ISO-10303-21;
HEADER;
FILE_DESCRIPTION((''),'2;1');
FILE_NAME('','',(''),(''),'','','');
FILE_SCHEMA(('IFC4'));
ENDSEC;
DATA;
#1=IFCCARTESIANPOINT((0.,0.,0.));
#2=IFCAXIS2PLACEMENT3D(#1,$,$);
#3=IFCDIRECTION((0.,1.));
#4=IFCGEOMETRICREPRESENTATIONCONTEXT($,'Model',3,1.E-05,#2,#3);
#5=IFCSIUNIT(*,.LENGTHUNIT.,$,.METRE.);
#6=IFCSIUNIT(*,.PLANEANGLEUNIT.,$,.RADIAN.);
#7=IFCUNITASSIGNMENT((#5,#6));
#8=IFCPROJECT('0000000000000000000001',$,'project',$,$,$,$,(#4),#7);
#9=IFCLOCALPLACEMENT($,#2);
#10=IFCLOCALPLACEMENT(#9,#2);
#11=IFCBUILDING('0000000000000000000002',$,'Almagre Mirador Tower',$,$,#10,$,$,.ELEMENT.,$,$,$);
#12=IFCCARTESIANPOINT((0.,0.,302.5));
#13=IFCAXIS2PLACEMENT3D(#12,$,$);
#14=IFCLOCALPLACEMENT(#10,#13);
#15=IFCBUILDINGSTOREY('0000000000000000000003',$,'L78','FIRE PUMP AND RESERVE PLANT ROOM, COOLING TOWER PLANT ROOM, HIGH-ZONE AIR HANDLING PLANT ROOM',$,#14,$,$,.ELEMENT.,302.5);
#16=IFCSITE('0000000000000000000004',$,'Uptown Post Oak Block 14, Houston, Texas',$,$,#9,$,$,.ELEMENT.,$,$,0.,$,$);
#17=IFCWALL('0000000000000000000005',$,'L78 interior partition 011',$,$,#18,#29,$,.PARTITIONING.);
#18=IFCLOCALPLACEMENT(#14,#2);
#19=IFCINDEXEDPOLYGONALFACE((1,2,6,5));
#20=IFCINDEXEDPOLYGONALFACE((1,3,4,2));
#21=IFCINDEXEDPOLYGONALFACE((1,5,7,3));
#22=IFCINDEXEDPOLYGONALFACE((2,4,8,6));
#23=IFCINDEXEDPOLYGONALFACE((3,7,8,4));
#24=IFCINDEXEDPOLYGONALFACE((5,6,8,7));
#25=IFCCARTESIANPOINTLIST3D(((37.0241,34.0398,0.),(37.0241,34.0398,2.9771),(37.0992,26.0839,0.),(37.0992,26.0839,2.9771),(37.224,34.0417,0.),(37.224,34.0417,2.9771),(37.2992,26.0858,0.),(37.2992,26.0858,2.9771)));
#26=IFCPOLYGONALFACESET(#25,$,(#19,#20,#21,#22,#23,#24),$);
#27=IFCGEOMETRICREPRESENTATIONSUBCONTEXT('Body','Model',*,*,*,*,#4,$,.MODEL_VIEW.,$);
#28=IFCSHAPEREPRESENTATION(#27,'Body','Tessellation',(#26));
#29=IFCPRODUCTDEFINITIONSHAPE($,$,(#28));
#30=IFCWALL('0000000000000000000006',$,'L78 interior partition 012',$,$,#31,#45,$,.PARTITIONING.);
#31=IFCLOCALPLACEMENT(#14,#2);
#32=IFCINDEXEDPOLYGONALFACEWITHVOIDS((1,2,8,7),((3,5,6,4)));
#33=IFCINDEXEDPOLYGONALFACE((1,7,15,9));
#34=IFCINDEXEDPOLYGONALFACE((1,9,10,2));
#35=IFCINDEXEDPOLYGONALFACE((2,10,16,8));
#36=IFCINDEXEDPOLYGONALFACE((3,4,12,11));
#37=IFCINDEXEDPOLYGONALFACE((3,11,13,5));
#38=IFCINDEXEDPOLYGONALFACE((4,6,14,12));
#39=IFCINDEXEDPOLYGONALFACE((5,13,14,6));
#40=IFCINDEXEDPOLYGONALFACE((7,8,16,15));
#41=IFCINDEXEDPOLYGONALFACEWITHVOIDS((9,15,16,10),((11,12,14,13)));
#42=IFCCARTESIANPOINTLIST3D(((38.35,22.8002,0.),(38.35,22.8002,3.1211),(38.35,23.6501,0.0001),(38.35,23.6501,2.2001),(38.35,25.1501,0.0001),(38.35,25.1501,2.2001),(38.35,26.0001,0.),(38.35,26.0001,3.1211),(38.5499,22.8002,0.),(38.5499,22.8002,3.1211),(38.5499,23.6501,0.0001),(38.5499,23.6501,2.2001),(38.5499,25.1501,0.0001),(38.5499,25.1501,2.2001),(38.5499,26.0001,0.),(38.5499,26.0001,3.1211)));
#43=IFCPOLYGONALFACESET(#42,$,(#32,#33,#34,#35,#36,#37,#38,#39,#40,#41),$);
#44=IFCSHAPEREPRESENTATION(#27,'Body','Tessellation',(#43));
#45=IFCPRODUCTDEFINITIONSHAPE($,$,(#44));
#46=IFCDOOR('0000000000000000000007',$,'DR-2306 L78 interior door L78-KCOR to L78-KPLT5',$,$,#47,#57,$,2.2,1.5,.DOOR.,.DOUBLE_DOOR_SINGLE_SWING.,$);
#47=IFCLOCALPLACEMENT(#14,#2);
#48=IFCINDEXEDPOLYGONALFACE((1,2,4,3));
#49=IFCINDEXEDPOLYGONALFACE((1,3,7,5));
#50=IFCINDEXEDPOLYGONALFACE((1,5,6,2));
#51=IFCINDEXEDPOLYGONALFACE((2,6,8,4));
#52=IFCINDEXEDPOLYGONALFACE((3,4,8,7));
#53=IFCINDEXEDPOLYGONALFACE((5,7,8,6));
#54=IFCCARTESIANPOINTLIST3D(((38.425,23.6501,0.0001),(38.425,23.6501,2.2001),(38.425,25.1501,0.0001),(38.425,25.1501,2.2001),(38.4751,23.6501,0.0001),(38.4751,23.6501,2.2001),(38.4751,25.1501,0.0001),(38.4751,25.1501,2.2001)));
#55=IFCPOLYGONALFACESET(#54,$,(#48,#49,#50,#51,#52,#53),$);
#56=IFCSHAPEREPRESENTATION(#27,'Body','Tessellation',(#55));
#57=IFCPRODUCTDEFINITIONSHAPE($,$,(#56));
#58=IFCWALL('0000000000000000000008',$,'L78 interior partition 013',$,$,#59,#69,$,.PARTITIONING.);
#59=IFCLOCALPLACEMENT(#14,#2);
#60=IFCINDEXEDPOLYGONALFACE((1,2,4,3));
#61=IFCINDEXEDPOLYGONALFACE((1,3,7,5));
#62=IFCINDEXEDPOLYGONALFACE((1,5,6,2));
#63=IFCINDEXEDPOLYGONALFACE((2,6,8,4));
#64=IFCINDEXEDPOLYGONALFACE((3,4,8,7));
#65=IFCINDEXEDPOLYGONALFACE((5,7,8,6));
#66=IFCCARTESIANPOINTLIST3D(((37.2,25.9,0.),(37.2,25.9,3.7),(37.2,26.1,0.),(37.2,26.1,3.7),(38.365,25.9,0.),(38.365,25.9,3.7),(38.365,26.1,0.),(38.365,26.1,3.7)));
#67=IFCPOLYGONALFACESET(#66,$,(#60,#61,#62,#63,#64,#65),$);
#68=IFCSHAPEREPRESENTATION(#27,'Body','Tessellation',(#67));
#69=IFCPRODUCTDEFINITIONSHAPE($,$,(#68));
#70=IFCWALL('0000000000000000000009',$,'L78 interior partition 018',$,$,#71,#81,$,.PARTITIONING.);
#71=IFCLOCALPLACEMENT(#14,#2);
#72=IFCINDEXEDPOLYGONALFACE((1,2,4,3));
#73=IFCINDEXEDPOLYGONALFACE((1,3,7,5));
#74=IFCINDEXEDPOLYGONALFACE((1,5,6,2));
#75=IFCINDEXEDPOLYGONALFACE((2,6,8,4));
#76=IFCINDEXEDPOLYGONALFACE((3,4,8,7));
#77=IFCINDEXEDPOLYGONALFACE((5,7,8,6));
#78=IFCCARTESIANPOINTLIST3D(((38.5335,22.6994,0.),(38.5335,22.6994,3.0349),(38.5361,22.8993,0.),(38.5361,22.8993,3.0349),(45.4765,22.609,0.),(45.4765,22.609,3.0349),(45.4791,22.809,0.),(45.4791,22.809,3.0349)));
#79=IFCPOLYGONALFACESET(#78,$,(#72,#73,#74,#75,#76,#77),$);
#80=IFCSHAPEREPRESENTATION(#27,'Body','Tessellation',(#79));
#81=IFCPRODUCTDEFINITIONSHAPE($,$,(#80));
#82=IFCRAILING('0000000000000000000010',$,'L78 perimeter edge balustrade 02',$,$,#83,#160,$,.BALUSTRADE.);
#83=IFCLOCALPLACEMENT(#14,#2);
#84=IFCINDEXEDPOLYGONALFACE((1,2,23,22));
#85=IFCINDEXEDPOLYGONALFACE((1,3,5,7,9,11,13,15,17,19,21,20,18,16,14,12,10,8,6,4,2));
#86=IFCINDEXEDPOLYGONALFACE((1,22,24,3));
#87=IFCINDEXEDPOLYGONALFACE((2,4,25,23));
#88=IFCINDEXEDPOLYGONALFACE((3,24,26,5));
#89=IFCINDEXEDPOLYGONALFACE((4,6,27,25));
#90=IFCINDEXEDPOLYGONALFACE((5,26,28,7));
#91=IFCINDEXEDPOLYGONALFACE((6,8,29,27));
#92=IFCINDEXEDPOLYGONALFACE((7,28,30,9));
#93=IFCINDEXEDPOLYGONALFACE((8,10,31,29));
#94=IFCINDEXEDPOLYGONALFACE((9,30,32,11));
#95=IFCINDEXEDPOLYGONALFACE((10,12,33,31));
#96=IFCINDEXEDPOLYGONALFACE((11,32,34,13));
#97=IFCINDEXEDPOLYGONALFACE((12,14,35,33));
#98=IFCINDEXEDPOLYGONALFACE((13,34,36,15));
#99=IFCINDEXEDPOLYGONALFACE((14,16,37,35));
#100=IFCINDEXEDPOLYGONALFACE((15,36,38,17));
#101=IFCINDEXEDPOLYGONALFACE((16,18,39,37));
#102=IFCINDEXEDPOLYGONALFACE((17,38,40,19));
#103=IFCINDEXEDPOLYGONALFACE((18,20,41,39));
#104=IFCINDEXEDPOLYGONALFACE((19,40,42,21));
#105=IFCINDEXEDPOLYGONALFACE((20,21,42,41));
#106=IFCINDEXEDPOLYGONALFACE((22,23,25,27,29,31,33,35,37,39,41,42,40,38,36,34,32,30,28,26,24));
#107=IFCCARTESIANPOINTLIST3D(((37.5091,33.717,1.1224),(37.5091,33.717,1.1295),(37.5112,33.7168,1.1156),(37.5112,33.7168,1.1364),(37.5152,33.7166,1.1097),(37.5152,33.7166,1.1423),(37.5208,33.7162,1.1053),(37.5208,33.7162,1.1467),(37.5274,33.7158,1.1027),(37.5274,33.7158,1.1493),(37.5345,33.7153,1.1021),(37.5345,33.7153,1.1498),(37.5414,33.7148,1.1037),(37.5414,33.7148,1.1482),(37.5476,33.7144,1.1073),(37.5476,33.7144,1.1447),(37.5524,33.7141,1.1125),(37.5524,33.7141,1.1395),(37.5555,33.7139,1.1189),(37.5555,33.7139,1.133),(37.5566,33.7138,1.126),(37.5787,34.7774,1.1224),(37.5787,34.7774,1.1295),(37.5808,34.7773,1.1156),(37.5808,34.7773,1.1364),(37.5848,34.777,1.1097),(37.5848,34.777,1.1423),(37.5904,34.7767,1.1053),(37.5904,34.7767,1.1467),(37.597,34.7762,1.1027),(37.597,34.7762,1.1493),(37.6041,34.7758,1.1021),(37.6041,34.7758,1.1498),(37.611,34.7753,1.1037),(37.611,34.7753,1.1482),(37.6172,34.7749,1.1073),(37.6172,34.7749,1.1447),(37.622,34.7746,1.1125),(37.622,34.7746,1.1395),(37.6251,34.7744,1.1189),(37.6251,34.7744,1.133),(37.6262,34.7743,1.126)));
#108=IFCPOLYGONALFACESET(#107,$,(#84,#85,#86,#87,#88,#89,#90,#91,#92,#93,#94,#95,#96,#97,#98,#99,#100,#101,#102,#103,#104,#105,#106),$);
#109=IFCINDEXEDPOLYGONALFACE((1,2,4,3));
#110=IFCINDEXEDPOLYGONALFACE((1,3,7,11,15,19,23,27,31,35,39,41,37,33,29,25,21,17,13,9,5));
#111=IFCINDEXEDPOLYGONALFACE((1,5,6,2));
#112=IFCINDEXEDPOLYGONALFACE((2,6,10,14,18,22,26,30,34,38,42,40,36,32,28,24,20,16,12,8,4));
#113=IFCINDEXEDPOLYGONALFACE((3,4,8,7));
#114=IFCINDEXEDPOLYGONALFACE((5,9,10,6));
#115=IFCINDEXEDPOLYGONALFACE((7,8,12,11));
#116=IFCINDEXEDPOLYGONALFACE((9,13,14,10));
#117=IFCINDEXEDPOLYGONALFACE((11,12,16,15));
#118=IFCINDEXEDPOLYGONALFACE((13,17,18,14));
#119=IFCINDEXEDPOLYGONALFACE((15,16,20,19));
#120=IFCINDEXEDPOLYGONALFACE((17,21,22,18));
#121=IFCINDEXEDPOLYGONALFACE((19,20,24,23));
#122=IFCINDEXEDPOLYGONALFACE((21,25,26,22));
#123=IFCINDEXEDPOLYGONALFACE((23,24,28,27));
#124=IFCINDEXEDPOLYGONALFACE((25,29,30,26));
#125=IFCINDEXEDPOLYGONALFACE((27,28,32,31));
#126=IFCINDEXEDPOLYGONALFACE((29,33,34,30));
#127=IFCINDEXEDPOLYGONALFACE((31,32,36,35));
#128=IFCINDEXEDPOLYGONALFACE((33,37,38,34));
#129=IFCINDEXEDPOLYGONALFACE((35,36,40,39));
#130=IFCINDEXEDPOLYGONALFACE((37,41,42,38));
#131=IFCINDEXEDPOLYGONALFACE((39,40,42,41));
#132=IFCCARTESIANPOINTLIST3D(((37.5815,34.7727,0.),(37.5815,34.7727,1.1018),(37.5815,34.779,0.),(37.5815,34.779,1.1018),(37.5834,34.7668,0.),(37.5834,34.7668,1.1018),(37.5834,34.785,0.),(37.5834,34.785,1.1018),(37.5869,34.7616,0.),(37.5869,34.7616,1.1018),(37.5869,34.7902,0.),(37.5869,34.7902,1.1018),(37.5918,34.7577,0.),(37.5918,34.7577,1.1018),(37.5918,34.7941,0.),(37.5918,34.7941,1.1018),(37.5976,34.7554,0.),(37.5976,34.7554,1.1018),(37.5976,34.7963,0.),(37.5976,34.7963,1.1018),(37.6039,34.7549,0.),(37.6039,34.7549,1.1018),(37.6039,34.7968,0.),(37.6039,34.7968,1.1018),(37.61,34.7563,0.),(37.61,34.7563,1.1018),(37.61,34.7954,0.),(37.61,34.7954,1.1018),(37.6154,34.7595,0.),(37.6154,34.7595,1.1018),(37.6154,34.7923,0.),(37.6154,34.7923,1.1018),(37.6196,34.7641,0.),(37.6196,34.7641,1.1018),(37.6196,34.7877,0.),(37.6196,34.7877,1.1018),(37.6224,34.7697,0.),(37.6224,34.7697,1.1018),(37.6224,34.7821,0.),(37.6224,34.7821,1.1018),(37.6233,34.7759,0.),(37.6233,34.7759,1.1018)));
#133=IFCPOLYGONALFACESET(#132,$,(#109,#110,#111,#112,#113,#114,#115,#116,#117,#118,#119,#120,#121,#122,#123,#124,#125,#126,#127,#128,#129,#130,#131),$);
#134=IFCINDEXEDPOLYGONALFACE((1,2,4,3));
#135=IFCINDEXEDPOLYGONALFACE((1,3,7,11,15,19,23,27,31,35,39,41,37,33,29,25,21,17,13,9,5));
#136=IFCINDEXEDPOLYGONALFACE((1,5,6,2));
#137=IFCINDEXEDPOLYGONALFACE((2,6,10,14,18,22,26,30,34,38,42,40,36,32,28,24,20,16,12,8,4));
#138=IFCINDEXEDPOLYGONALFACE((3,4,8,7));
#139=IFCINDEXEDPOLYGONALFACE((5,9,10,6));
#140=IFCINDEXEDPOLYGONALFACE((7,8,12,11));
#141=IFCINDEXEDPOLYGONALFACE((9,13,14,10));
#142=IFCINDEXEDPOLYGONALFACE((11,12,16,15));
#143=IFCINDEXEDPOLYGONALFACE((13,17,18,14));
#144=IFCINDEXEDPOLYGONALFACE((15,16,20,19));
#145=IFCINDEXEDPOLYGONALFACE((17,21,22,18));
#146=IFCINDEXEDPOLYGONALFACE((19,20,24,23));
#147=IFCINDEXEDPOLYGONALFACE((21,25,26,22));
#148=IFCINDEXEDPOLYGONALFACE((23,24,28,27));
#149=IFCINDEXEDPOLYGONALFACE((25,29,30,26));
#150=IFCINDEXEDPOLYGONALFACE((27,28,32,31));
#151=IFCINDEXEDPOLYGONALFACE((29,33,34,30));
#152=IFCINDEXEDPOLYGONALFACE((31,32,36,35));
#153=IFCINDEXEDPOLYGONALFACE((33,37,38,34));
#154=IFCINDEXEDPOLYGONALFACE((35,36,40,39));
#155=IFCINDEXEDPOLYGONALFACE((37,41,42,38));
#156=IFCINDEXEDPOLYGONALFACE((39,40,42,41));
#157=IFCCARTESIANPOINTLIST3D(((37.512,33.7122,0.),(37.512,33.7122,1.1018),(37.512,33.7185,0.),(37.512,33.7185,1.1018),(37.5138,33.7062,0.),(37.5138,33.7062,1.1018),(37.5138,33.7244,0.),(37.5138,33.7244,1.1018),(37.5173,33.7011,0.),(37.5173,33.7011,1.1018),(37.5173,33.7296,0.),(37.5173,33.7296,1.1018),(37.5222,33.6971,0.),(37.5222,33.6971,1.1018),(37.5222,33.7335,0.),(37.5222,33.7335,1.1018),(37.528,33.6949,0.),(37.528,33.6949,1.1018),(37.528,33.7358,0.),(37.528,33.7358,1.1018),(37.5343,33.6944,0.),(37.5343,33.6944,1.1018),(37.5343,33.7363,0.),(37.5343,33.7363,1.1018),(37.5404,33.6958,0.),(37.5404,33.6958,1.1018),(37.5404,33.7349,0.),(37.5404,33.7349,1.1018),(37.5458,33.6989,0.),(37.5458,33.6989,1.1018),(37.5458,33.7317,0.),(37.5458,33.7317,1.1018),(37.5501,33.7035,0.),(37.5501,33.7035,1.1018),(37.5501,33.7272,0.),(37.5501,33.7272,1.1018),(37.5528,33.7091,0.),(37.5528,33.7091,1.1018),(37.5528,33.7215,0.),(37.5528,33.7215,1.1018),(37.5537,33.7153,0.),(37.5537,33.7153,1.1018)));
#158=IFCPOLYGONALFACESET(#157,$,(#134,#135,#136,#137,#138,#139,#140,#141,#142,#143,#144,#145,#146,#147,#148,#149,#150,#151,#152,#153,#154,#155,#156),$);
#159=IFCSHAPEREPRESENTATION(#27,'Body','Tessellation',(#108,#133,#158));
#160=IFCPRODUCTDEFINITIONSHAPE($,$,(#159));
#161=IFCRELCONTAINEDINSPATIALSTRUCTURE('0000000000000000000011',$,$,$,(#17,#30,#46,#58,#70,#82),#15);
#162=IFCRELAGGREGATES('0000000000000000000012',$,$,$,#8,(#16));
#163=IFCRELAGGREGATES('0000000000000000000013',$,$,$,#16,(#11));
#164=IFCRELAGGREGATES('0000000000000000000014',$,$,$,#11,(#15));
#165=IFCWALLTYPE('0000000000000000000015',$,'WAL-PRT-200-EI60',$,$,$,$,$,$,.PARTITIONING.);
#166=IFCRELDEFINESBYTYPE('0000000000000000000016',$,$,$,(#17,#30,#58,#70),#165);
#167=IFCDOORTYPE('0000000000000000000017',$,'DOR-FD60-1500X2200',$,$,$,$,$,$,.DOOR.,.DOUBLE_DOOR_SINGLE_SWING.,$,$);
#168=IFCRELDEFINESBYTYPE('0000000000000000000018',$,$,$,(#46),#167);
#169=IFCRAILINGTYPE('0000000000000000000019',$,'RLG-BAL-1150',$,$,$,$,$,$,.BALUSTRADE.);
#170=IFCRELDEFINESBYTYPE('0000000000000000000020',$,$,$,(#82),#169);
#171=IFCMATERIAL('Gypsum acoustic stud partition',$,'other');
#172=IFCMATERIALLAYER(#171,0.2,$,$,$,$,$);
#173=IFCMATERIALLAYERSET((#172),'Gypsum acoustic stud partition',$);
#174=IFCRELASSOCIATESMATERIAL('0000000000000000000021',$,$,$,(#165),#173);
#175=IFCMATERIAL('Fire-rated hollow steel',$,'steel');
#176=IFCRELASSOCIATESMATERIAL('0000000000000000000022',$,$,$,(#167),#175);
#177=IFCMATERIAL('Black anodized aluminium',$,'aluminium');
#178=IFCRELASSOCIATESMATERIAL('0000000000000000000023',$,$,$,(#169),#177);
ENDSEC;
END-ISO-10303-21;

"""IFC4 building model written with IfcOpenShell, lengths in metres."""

from ifc_helpers import new_model, si_unit, direction, frame, frame_2d, origin, origin_2d, place, context, subcontext, project, spatial, rectangle, circle, extrude, material, layer, layer_set, type_object, element, fill, save


model = new_model("IFC4")

# Units and contexts
model_context = context("Model", 3, precision=1e-05, world=origin(), true_north=direction((0.0, 1.0)))
body_context = subcontext(model_context, "Body", "Model", "MODEL_VIEW")
ifc_project = project(units=[si_unit("LENGTHUNIT", "METRE"), si_unit("PLANEANGLEUNIT", "RADIAN")], contexts=[model_context])

# Site, building, storey
site_placement = place(None, origin())
site = spatial("IfcSite", under=ifc_project, at=site_placement, Name="Uptown Post Oak Block 14, Houston, Texas", CompositionType="ELEMENT", RefElevation=0.0)
building_placement = place(site_placement, origin())
building = spatial("IfcBuilding", under=site, at=building_placement, Name="Almagre Mirador Tower", CompositionType="ELEMENT")
storey_placement = place(building_placement, frame((0.0, 0.0, 302.5)))
storey = spatial("IfcBuildingStorey", under=building, at=storey_placement, Name="L78", Description="FIRE PUMP AND RESERVE PLANT ROOM, COOLING TOWER PLANT ROOM, HIGH-ZONE AIR HANDLING PLANT ROOM", CompositionType="ELEMENT", Elevation=302.5)

# Wall
ifc_material_1 = material(Name="Gypsum acoustic stud partition", Category="other")
ifc_layer_1 = layer(ifc_material_1, 0.2)
ifc_layer_set_1 = layer_set([ifc_layer_1], Name="Gypsum acoustic stud partition")
wall_type_1 = type_object("IfcWallType", Name="WAL-PRT-200-EI60", PredefinedType="PARTITIONING", material=ifc_layer_set_1)
wall_1_placement = place(storey_placement, frame((37.1992, 26.085, 0.0), z_axis=(0.0, 0.0, 1.0), x_axis=(-0.009451, 0.999955, 0.0)))
element("IfcWall", 1, at=wall_1_placement, inside=storey, type_object=wall_type_1, Name="L78 interior partition 011", PredefinedType="PARTITIONING", context=body_context, shape_type="SweptSolid", body=[
    extrude(rectangle(XDim=7.9563, YDim=0.2, at=frame_2d((3.978, 0.0))), origin(), (0.0, 0.0, 1.0), 2.9771),
])

# Wall, opening, door
wall_2_placement = place(storey_placement, frame((38.45, 22.8, 0.0), z_axis=(0.0, 0.0, 1.0), x_axis=(0.0, 1.0, 0.0)))
wall_2 = element("IfcWall", 2, at=wall_2_placement, inside=storey, type_object=wall_type_1, Name="L78 interior partition 012", PredefinedType="PARTITIONING", context=body_context, shape_type="SweptSolid", body=[
    extrude(rectangle(XDim=3.2, YDim=0.2, at=frame_2d((1.6001, 0.0))), origin(), (0.0, 0.0, 1.0), 3.1211),
])
opening_placement = place(wall_2_placement, frame((0.8501, 0.0, 0.0)))
opening = element("IfcOpeningElement", 3, at=opening_placement, cuts=wall_2, PredefinedType="OPENING", context=body_context, shape_type="SweptSolid", body=[
    extrude(rectangle(XDim=1.5, YDim=2.2, at=frame_2d((0.75, 1.1001))), frame((0.0, 0.1101, 0.0), z_axis=(0.0, -1.0, 0.0), x_axis=(1.0, 0.0, 0.0)), (0.0, 0.0, 1.0), 0.22),
])
ifc_material_2 = material(Name="Fire-rated hollow steel", Category="steel")
door_type = type_object("IfcDoorType", Name="DOR-FD60-1500X2200", OperationType="DOUBLE_DOOR_SINGLE_SWING", PredefinedType="DOOR", material=ifc_material_2)
door_placement = place(opening_placement, origin())
door = element("IfcDoor", 4, at=door_placement, inside=storey, type_object=door_type, Name="DR-2306 L78 interior door L78-KCOR to L78-KPLT5", OperationType="DOUBLE_DOOR_SINGLE_SWING", OverallHeight=2.2, OverallWidth=1.5, PredefinedType="DOOR", context=body_context, shape_type="SweptSolid", body=[
    extrude(rectangle(XDim=1.5, YDim=2.2, at=frame_2d((0.75, 1.1001))), frame((0.0, 0.0249, 0.0), z_axis=(0.0, -1.0, 0.0), x_axis=(1.0, 0.0, 0.0)), (0.0, 0.0, 1.0), 0.05),
])
fill(opening, door)

# Walls
wall_3_placement = place(storey_placement, frame((38.365, 26.0, 0.0), z_axis=(0.0, 0.0, 1.0), x_axis=(-1.0, 0.0, 0.0)))
element("IfcWall", 5, at=wall_3_placement, inside=storey, type_object=wall_type_1, Name="L78 interior partition 013", PredefinedType="PARTITIONING", context=body_context, shape_type="SweptSolid", body=[
    extrude(rectangle(XDim=1.165, YDim=0.2, at=frame_2d((0.5825, 0.0))), origin(), (0.0, 0.0, 1.0), 3.7),
])
wall_4_placement = place(storey_placement, frame((38.5349, 22.7993, 0.0), z_axis=(0.0, 0.0, 1.0), x_axis=(0.999915, -0.013009, 0.0)))
element("IfcWall", 6, at=wall_4_placement, inside=storey, type_object=wall_type_1, Name="L78 interior partition 018", PredefinedType="PARTITIONING", context=body_context, shape_type="SweptSolid", body=[
    extrude(rectangle(XDim=6.9436, YDim=0.2, at=frame_2d((3.4717, 0.0))), origin(), (0.0, 0.0, 1.0), 3.0349),
])

# Railing
ifc_material_3 = material(Name="Black anodized aluminium", Category="aluminium")
railing_type = type_object("IfcRailingType", Name="RLG-BAL-1150", PredefinedType="BALUSTRADE", material=ifc_material_3)
railing_1_placement = place(storey_placement, frame((37.6023, 34.7759, 0.0)))
element("IfcRailing", 7, at=railing_1_placement, inside=storey, type_object=railing_type, Name="L78 perimeter edge balustrade 02", PredefinedType="BALUSTRADE", context=body_context, shape_type="SweptSolid", body=[
    extrude(circle(Radius=0.0239, at=origin_2d()), frame((0.0, 0.0, 1.126), z_axis=(-0.065467, -0.997855, 0.0), x_axis=(0.997855, -0.065467, 0.0)), (0.0, 0.0, 1.0), 1.0627),
    extrude(circle(Radius=0.021, at=origin_2d()), origin(), (0.0, 0.0, 1.0), 1.1018),
    extrude(circle(Radius=0.021, at=origin_2d()), frame((-0.0696, -1.0605, 0.0)), (0.0, 0.0, 1.0), 1.1018),
])

save(model, "model.ifc")
